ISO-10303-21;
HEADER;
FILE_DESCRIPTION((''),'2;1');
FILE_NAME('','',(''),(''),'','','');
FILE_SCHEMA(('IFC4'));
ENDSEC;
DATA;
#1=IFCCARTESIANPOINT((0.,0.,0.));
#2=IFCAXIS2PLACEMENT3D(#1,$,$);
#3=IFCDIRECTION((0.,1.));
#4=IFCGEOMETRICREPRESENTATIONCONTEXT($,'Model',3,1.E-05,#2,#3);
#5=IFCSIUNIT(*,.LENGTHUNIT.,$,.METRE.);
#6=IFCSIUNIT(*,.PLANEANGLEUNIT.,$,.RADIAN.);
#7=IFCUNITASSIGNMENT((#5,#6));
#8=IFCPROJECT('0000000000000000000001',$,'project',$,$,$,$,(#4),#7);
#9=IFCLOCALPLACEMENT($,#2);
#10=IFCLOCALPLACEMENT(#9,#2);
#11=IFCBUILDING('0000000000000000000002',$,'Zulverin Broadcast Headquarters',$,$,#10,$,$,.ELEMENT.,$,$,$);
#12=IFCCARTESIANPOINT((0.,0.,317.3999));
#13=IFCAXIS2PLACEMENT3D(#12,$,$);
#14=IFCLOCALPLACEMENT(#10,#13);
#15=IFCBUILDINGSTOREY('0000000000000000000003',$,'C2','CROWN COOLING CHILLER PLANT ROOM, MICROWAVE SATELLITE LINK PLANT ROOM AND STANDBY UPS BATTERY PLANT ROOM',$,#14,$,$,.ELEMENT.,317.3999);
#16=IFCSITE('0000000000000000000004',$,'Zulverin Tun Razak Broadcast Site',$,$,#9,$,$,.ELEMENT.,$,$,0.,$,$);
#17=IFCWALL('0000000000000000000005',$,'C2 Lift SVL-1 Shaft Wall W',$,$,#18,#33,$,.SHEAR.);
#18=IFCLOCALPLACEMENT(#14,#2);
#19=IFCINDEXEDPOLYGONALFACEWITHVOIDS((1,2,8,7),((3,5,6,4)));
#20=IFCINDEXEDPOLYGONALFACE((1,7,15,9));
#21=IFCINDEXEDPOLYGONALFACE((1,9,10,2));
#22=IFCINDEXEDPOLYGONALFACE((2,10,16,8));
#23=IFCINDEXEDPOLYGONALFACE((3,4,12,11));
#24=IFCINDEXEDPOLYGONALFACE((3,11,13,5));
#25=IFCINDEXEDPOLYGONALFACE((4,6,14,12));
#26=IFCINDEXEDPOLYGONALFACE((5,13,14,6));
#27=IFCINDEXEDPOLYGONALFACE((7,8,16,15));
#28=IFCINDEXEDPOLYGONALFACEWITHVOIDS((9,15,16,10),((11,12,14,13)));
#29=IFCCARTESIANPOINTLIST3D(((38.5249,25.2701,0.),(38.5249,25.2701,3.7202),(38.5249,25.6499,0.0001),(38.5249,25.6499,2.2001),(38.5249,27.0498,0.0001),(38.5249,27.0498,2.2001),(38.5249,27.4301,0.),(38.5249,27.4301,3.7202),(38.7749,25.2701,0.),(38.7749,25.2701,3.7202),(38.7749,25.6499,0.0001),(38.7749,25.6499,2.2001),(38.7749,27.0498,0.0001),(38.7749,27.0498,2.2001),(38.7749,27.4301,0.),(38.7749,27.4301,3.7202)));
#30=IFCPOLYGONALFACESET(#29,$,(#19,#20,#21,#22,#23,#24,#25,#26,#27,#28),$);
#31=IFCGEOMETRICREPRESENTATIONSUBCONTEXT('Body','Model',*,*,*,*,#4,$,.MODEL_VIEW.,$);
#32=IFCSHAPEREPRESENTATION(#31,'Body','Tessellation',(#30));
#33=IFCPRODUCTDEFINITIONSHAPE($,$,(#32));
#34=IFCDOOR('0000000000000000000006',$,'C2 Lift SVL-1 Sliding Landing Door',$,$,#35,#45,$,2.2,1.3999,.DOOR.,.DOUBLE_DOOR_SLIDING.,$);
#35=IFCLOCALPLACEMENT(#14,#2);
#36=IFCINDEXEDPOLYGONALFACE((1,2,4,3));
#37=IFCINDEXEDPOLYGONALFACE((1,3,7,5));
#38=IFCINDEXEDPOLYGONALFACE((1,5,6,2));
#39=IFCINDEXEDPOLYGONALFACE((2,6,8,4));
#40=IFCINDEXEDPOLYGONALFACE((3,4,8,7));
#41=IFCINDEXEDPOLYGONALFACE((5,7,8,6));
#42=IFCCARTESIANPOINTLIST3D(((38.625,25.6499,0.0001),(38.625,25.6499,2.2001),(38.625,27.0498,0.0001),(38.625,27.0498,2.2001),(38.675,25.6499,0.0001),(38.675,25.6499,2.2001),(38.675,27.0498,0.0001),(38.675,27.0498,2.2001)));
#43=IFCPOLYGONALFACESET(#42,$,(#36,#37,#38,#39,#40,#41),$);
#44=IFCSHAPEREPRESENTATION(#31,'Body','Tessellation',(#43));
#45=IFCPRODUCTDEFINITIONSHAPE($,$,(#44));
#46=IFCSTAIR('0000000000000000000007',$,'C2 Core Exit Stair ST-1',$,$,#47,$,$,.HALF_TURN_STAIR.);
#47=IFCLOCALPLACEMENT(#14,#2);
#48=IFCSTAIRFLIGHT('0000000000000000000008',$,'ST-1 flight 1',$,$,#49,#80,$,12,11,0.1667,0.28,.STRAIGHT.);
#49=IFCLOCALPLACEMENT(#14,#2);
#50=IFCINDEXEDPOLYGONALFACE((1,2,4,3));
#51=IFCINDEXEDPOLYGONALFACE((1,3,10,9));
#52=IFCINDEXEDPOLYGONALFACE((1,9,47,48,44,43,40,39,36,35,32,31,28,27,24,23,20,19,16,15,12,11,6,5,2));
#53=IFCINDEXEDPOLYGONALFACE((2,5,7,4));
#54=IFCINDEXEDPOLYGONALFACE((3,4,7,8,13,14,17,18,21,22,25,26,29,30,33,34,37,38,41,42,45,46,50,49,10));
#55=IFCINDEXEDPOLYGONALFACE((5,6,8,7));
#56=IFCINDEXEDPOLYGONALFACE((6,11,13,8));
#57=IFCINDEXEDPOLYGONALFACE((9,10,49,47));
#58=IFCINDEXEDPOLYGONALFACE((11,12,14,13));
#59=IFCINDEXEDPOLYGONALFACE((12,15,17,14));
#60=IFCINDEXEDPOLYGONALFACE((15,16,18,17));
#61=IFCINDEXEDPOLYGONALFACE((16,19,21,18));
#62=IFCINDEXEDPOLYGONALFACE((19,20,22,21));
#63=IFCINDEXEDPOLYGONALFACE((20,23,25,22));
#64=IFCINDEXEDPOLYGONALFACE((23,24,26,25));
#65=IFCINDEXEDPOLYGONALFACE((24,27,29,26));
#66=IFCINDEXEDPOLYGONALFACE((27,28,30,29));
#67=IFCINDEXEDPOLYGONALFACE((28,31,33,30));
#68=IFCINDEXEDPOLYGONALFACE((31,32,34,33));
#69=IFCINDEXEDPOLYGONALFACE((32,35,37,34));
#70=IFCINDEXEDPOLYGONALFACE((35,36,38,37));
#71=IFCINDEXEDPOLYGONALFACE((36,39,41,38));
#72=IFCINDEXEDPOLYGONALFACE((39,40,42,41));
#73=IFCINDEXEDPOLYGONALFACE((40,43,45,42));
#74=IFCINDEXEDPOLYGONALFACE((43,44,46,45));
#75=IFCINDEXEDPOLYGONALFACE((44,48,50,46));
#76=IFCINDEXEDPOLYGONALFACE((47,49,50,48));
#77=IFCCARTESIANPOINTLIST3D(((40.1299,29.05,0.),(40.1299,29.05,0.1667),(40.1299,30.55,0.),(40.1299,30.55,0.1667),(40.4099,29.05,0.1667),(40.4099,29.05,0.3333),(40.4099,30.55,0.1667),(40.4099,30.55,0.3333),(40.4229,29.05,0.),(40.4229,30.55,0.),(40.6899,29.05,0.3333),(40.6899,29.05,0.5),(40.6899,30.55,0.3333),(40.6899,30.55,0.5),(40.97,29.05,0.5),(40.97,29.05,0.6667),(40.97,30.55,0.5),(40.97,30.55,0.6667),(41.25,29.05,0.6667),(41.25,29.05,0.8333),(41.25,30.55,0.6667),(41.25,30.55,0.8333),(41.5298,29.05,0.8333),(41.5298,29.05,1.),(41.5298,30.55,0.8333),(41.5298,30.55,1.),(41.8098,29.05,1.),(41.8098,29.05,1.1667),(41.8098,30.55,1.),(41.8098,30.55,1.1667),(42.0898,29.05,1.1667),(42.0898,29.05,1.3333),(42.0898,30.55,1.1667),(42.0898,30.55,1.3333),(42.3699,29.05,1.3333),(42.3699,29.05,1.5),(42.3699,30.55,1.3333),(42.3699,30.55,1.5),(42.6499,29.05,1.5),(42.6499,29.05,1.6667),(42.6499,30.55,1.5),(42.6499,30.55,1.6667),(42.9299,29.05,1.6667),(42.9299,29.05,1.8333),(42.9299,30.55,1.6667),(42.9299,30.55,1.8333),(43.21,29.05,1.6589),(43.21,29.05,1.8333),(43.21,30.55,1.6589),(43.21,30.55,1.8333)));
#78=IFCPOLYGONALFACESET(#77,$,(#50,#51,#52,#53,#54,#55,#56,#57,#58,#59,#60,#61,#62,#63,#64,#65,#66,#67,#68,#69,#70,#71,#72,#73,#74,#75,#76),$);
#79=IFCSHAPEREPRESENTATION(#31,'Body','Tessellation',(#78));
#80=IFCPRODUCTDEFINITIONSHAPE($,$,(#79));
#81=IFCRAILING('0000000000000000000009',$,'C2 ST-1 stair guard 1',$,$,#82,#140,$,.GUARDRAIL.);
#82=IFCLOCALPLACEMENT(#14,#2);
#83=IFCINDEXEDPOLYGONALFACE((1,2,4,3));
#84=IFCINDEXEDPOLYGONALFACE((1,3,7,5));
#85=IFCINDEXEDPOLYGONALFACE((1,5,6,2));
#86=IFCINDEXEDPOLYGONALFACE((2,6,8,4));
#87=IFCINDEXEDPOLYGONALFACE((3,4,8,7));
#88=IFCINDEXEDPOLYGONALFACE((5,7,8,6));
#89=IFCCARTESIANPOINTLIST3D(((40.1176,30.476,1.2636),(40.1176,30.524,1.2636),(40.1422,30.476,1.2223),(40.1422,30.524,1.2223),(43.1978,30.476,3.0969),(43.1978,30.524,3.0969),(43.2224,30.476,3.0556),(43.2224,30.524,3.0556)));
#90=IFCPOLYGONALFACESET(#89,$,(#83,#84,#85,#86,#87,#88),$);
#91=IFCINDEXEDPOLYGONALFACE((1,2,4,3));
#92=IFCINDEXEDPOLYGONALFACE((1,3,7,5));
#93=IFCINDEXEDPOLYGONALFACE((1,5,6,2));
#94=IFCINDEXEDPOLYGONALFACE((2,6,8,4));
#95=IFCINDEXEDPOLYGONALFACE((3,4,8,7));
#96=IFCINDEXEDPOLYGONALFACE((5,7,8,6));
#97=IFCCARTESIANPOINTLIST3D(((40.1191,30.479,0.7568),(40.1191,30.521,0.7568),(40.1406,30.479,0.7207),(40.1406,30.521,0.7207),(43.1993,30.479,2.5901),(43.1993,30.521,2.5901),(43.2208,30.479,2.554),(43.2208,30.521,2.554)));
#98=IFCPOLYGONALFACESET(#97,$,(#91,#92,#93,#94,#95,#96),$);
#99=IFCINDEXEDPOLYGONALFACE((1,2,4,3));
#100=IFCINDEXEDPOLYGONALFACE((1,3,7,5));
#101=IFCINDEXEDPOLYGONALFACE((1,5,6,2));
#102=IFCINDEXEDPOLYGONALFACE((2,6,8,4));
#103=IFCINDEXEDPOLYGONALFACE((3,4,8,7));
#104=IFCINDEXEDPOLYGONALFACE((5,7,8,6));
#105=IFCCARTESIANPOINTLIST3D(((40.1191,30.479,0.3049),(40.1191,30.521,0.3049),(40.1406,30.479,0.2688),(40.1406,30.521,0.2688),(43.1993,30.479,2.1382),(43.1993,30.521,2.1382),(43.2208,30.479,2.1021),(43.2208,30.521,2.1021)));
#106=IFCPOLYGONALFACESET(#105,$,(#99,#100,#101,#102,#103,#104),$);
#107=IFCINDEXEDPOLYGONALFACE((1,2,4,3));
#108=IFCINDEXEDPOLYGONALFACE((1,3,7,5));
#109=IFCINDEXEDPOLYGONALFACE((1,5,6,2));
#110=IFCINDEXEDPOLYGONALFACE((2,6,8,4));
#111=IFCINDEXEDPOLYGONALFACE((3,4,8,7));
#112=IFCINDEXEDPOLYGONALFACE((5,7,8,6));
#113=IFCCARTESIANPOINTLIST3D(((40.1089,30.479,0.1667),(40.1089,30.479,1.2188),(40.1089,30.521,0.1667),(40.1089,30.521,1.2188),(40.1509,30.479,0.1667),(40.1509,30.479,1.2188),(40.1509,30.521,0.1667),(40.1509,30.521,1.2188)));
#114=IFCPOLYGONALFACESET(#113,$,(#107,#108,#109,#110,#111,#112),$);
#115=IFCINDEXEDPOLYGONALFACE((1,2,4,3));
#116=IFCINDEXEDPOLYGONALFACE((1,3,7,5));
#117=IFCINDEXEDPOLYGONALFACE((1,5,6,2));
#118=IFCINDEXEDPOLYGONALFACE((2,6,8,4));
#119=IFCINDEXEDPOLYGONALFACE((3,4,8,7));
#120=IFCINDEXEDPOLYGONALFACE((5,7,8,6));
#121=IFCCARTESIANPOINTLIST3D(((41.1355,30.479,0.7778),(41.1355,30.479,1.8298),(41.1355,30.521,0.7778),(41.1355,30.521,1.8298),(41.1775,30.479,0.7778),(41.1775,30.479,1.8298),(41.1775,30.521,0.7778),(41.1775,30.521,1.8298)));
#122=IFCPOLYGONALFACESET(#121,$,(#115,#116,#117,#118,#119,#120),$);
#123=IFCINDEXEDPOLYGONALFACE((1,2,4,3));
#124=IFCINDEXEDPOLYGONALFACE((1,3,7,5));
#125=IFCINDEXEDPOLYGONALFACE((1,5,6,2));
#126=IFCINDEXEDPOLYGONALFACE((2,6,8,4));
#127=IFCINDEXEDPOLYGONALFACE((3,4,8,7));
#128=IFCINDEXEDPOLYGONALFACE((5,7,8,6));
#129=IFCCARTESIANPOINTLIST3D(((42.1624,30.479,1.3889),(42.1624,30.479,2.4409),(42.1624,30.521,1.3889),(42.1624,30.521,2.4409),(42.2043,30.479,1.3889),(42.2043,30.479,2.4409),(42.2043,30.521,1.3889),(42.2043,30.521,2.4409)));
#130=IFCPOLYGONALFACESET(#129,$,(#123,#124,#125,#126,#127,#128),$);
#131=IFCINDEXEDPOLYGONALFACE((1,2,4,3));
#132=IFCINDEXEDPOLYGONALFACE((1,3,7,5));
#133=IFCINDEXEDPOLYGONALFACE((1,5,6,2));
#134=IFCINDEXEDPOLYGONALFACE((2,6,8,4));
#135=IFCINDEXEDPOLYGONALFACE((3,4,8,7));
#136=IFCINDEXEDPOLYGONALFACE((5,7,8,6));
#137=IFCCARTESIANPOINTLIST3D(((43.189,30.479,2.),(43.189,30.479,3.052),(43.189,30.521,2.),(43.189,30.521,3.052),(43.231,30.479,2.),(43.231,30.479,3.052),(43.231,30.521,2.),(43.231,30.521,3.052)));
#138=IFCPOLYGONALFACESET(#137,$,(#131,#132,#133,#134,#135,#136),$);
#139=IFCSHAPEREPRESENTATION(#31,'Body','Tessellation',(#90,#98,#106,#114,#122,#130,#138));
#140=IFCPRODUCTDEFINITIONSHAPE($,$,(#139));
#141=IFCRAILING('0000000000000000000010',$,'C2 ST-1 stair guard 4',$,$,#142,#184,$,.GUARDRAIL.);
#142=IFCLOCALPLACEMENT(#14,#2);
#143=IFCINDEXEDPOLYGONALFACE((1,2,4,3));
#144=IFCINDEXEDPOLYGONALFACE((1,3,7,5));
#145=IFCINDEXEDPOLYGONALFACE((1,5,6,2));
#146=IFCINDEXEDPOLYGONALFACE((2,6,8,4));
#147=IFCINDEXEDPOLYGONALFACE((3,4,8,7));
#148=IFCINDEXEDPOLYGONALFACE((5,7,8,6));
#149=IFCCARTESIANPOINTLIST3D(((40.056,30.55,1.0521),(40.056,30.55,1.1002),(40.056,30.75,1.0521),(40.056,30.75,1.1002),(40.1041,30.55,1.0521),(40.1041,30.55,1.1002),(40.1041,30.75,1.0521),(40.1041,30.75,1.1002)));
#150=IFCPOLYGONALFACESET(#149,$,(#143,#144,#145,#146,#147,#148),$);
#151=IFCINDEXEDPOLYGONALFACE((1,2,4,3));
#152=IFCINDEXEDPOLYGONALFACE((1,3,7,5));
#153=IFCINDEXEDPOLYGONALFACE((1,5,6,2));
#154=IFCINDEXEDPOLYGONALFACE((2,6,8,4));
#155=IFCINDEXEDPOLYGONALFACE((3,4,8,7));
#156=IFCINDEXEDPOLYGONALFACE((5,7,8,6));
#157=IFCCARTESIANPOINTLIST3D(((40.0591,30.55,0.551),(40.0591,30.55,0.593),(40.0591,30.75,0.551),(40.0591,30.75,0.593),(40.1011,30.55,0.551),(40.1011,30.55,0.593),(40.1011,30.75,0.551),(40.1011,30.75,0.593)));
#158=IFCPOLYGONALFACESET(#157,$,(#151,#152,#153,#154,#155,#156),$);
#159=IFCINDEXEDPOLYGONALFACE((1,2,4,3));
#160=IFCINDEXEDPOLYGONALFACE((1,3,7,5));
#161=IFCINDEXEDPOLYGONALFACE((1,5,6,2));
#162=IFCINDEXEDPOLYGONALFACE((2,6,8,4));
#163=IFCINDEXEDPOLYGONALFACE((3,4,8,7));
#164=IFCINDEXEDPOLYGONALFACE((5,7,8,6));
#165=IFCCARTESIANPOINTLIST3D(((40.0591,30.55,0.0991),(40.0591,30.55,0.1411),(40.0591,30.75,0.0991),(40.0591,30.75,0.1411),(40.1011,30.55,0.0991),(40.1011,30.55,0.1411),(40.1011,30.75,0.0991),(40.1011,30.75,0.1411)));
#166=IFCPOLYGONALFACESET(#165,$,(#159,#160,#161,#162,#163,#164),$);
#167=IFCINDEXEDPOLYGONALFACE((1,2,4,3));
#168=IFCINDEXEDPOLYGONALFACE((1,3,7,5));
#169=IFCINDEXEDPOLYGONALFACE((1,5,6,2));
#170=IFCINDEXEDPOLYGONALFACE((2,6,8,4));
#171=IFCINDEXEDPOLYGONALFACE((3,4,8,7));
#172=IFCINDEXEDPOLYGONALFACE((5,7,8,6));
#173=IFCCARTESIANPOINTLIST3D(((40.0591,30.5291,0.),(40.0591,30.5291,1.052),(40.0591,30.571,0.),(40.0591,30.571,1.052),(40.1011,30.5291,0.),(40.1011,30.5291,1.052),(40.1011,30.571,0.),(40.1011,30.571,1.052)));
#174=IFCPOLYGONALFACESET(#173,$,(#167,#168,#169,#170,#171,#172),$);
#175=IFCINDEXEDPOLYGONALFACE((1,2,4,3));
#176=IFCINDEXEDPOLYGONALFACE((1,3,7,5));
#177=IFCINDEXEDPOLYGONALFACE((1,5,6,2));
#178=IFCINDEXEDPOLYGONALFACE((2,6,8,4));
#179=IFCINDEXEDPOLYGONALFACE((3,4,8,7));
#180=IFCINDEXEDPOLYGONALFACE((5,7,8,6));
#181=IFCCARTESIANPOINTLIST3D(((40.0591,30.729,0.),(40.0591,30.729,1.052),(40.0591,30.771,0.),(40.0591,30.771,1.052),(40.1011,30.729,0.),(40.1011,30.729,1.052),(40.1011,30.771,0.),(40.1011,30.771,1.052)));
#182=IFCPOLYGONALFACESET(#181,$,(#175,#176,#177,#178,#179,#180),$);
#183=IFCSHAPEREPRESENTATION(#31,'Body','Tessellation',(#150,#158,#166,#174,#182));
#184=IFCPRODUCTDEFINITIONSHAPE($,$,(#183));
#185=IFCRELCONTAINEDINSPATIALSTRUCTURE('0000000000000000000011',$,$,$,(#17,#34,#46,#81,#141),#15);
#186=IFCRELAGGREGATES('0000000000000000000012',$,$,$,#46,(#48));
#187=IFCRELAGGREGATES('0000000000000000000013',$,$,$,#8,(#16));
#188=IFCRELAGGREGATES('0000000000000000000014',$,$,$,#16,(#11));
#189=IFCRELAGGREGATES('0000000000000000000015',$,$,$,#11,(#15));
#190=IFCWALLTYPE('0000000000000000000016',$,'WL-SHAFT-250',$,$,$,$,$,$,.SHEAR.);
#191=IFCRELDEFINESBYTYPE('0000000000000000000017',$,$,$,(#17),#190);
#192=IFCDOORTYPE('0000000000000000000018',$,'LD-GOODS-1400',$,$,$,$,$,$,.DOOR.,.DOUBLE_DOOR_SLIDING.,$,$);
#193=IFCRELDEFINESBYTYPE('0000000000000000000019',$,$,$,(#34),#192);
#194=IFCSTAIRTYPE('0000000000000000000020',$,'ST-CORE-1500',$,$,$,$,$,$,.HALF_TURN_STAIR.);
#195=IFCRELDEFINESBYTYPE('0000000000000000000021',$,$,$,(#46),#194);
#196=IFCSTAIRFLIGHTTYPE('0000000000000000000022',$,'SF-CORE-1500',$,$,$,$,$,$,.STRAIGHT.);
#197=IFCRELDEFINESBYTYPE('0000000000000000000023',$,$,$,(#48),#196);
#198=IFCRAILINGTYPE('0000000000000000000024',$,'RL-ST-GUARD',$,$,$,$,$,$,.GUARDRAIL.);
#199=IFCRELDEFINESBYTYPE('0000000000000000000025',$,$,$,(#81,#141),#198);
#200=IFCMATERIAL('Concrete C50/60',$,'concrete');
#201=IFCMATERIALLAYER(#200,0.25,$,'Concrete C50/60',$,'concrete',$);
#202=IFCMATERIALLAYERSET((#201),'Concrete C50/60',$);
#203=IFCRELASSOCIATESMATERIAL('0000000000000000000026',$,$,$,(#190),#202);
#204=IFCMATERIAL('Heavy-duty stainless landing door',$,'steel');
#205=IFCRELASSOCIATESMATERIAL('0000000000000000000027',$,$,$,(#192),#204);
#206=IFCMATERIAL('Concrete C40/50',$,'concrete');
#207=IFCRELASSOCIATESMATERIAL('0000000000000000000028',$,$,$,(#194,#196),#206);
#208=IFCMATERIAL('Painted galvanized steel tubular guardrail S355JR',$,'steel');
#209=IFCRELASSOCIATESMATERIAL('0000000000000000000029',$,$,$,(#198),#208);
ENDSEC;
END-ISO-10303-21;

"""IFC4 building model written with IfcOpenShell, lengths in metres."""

from ifc_helpers import new_model, si_unit, direction, frame, frame_2d, origin, origin_2d, place, context, subcontext, project, spatial, polyline, rectangle, outline, extrude, material, layer, layer_set, type_object, element, fill, aggregate, save


model = new_model("IFC4")

# Units and contexts
model_context = context("Model", 3, precision=1e-05, world=origin(), true_north=direction((0.0, 1.0)))
body_context = subcontext(model_context, "Body", "Model", "MODEL_VIEW")
ifc_project = project(units=[si_unit("LENGTHUNIT", "METRE"), si_unit("PLANEANGLEUNIT", "RADIAN")], contexts=[model_context])

# Site, building, storey
site_placement = place(None, origin())
site = spatial("IfcSite", under=ifc_project, at=site_placement, Name="Zulverin Tun Razak Broadcast Site", CompositionType="ELEMENT", RefElevation=0.0)
building_placement = place(site_placement, origin())
building = spatial("IfcBuilding", under=site, at=building_placement, Name="Zulverin Broadcast Headquarters", CompositionType="ELEMENT")
storey_placement = place(building_placement, frame((0.0, 0.0, 317.3999)))
storey = spatial("IfcBuildingStorey", under=building, at=storey_placement, Name="C2", Description="CROWN COOLING CHILLER PLANT ROOM, MICROWAVE SATELLITE LINK PLANT ROOM AND STANDBY UPS BATTERY PLANT ROOM", CompositionType="ELEMENT", Elevation=317.3999)

# Shared definitions
ifc_material_1 = material(Name="Concrete C50/60", Category="concrete")

# Shared definitions
ifc_layer_1 = layer(ifc_material_1, 0.25, Name="Concrete C50/60", Category="concrete")
ifc_layer_set_1 = layer_set([ifc_layer_1], Name="Concrete C50/60")
wall_type_1 = type_object("IfcWallType", Name="WL-SHAFT-250", PredefinedType="SHEAR", material=ifc_layer_set_1)

# Wall, opening, door
wall_1_placement = place(storey_placement, frame((38.6499, 25.27, 0.0), z_axis=(0.0, 0.0, 1.0), x_axis=(0.0, 1.0, 0.0)))
wall_1 = element("IfcWall", 1, at=wall_1_placement, inside=storey, type_object=wall_type_1, Name="C2 Lift SVL-1 Shaft Wall W", PredefinedType="SHEAR", context=body_context, shape_type="SweptSolid", body=[
    extrude(rectangle(XDim=2.1599, YDim=0.25, at=frame_2d((1.0801, 0.0))), origin(), (0.0, 0.0, 1.0), 3.7202),
])
opening_1_placement = place(wall_1_placement, frame((0.3799, 0.0, 0.0)))
opening_1 = element("IfcOpeningElement", 2, at=opening_1_placement, cuts=wall_1, PredefinedType="OPENING", context=body_context, shape_type="SweptSolid", body=[
    extrude(rectangle(XDim=1.3999, YDim=2.2, at=frame_2d((0.7, 1.1001))), frame((0.0, 0.135, 0.0), z_axis=(0.0, -1.0, 0.0), x_axis=(1.0, 0.0, 0.0)), (0.0, 0.0, 1.0), 0.27),
])
ifc_material_2 = material(Name="Heavy-duty stainless landing door", Category="steel")
door_type_1 = type_object("IfcDoorType", Name="LD-GOODS-1400", OperationType="DOUBLE_DOOR_SLIDING", PredefinedType="DOOR", material=ifc_material_2)
door_1_placement = place(opening_1_placement, origin())
door_1 = element("IfcDoor", 3, at=door_1_placement, inside=storey, type_object=door_type_1, Name="C2 Lift SVL-1 Sliding Landing Door", OperationType="DOUBLE_DOOR_SLIDING", OverallHeight=2.2, OverallWidth=1.3999, PredefinedType="DOOR", context=body_context, shape_type="SweptSolid", body=[
    extrude(rectangle(XDim=1.3999, YDim=2.2, at=frame_2d((0.7, 1.1001))), frame((0.0, 0.0249, 0.0), z_axis=(0.0, -1.0, 0.0), x_axis=(1.0, 0.0, 0.0)), (0.0, 0.0, 1.0), 0.05),
])
fill(opening_1, door_1)

# Stair, stair flight
ifc_material_3 = material(Name="Concrete C40/50", Category="concrete")
stair_type = type_object("IfcStairType", Name="ST-CORE-1500", PredefinedType="HALF_TURN_STAIR", material=ifc_material_3)
stair_placement = place(storey_placement, origin())
stair = element("IfcStair", 4, at=stair_placement, inside=storey, type_object=stair_type, Name="C2 Core Exit Stair ST-1", PredefinedType="HALF_TURN_STAIR")
stair_flight_type = type_object("IfcStairFlightType", Name="SF-CORE-1500", PredefinedType="STRAIGHT", material=ifc_material_3)
stair_flight_placement = place(storey_placement, frame((40.1299, 29.8, 0.0), z_axis=(0.0, 0.0, 1.0), x_axis=(1.0, 0.0, 0.0)))
stair_flight = element("IfcStairFlight", 5, at=stair_flight_placement, type_object=stair_flight_type, Name="ST-1 flight 1", NumberOfRisers=12, NumberOfTreads=11, PredefinedType="STRAIGHT", RiserHeight=0.1667, TreadLength=0.28, context=body_context, shape_type="SweptSolid", body=[
    extrude(outline(polyline([(0.0, 0.0), (0.0, 0.1667), (0.28, 0.1667), (0.28, 0.3333), (0.5601, 0.3333), (0.5601, 0.5), (0.8401, 0.5), (0.8401, 0.6667), (1.1201, 0.6667), (1.1201, 0.8333), (1.3999, 0.8333), (1.3999, 1.0), (1.6799, 1.0), (1.6799, 1.1667), (1.96, 1.1667), (1.96, 1.3333), (2.24, 1.3333), (2.24, 1.5), (2.52, 1.5), (2.52, 1.6667), (2.8, 1.6667), (2.8, 1.8333), (3.0801, 1.8333), (3.0801, 2.0), (3.0801, 1.6589), (0.293, 0.0), (0.0, 0.0)])), frame((0.0, 0.75, 0.0), z_axis=(0.0, -1.0, 0.0), x_axis=(1.0, 0.0, 0.0)), (0.0, 0.0, 1.0), 1.5),
])
aggregate(stair, [stair_flight])

# Railings
ifc_material_4 = material(Name="Painted galvanized steel tubular guardrail S355JR", Category="steel")
railing_type_1 = type_object("IfcRailingType", Name="RL-ST-GUARD", PredefinedType="GUARDRAIL", material=ifc_material_4)
railing_1_placement = place(storey_placement, frame((40.1299, 30.5, 0.1667)))
element("IfcRailing", 6, at=railing_1_placement, inside=storey, type_object=railing_type_1, Name="C2 ST-1 stair guard 1", PredefinedType="GUARDRAIL", context=body_context, shape_type="SweptSolid", body=[
    extrude(rectangle(XDim=0.0481, YDim=0.0481, at=origin_2d()), frame((0.0, 0.0, 1.0762), z_axis=(0.859309, 0.0, 0.511458), x_axis=(0.0, 1.0, 0.0)), (0.0, 0.0, 1.0), 3.5845),
    extrude(rectangle(XDim=0.042, YDim=0.042, at=origin_2d()), frame((0.0, 0.0, 0.572), z_axis=(0.859309, 0.0, 0.511458), x_axis=(0.0, 1.0, 0.0)), (0.0, 0.0, 1.0), 3.5845),
    extrude(rectangle(XDim=0.042, YDim=0.042, at=origin_2d()), frame((0.0, 0.0, 0.1201), z_axis=(0.859309, 0.0, 0.511458), x_axis=(0.0, 1.0, 0.0)), (0.0, 0.0, 1.0), 3.5845),
    extrude(rectangle(XDim=0.042, YDim=0.042, at=origin_2d()), origin(), (0.0, 0.0, 1.0), 1.052),
    extrude(rectangle(XDim=0.042, YDim=0.042, at=origin_2d()), frame((1.0266, 0.0, 0.6111)), (0.0, 0.0, 1.0), 1.052),
    extrude(rectangle(XDim=0.042, YDim=0.042, at=origin_2d()), frame((2.0535, 0.0, 1.2222)), (0.0, 0.0, 1.0), 1.052),
    extrude(rectangle(XDim=0.042, YDim=0.042, at=origin_2d()), frame((3.0801, 0.0, 1.8333)), (0.0, 0.0, 1.0), 1.052),
])
railing_2_placement = place(storey_placement, frame((40.0801, 30.55, 0.0)))
element("IfcRailing", 7, at=railing_2_placement, inside=storey, type_object=railing_type_1, Name="C2 ST-1 stair guard 4", PredefinedType="GUARDRAIL", context=body_context, shape_type="SweptSolid", body=[
    extrude(rectangle(XDim=0.0481, YDim=0.0481, at=origin_2d()), frame((0.0, 0.0, 1.0762), z_axis=(0.0, 1.0, 0.0), x_axis=(-1.0, 0.0, 0.0)), (0.0, 0.0, 1.0), 0.2),
    extrude(rectangle(XDim=0.042, YDim=0.042, at=origin_2d()), frame((0.0, 0.0, 0.572), z_axis=(0.0, 1.0, 0.0), x_axis=(-1.0, 0.0, 0.0)), (0.0, 0.0, 1.0), 0.2),
    extrude(rectangle(XDim=0.042, YDim=0.042, at=origin_2d()), frame((0.0, 0.0, 0.1201), z_axis=(0.0, 1.0, 0.0), x_axis=(-1.0, 0.0, 0.0)), (0.0, 0.0, 1.0), 0.2),
    extrude(rectangle(XDim=0.042, YDim=0.042, at=origin_2d()), origin(), (0.0, 0.0, 1.0), 1.052),
    extrude(rectangle(XDim=0.042, YDim=0.042, at=origin_2d()), frame((0.0, 0.2, 0.0)), (0.0, 0.0, 1.0), 1.052),
])

save(model, "model.ifc")
